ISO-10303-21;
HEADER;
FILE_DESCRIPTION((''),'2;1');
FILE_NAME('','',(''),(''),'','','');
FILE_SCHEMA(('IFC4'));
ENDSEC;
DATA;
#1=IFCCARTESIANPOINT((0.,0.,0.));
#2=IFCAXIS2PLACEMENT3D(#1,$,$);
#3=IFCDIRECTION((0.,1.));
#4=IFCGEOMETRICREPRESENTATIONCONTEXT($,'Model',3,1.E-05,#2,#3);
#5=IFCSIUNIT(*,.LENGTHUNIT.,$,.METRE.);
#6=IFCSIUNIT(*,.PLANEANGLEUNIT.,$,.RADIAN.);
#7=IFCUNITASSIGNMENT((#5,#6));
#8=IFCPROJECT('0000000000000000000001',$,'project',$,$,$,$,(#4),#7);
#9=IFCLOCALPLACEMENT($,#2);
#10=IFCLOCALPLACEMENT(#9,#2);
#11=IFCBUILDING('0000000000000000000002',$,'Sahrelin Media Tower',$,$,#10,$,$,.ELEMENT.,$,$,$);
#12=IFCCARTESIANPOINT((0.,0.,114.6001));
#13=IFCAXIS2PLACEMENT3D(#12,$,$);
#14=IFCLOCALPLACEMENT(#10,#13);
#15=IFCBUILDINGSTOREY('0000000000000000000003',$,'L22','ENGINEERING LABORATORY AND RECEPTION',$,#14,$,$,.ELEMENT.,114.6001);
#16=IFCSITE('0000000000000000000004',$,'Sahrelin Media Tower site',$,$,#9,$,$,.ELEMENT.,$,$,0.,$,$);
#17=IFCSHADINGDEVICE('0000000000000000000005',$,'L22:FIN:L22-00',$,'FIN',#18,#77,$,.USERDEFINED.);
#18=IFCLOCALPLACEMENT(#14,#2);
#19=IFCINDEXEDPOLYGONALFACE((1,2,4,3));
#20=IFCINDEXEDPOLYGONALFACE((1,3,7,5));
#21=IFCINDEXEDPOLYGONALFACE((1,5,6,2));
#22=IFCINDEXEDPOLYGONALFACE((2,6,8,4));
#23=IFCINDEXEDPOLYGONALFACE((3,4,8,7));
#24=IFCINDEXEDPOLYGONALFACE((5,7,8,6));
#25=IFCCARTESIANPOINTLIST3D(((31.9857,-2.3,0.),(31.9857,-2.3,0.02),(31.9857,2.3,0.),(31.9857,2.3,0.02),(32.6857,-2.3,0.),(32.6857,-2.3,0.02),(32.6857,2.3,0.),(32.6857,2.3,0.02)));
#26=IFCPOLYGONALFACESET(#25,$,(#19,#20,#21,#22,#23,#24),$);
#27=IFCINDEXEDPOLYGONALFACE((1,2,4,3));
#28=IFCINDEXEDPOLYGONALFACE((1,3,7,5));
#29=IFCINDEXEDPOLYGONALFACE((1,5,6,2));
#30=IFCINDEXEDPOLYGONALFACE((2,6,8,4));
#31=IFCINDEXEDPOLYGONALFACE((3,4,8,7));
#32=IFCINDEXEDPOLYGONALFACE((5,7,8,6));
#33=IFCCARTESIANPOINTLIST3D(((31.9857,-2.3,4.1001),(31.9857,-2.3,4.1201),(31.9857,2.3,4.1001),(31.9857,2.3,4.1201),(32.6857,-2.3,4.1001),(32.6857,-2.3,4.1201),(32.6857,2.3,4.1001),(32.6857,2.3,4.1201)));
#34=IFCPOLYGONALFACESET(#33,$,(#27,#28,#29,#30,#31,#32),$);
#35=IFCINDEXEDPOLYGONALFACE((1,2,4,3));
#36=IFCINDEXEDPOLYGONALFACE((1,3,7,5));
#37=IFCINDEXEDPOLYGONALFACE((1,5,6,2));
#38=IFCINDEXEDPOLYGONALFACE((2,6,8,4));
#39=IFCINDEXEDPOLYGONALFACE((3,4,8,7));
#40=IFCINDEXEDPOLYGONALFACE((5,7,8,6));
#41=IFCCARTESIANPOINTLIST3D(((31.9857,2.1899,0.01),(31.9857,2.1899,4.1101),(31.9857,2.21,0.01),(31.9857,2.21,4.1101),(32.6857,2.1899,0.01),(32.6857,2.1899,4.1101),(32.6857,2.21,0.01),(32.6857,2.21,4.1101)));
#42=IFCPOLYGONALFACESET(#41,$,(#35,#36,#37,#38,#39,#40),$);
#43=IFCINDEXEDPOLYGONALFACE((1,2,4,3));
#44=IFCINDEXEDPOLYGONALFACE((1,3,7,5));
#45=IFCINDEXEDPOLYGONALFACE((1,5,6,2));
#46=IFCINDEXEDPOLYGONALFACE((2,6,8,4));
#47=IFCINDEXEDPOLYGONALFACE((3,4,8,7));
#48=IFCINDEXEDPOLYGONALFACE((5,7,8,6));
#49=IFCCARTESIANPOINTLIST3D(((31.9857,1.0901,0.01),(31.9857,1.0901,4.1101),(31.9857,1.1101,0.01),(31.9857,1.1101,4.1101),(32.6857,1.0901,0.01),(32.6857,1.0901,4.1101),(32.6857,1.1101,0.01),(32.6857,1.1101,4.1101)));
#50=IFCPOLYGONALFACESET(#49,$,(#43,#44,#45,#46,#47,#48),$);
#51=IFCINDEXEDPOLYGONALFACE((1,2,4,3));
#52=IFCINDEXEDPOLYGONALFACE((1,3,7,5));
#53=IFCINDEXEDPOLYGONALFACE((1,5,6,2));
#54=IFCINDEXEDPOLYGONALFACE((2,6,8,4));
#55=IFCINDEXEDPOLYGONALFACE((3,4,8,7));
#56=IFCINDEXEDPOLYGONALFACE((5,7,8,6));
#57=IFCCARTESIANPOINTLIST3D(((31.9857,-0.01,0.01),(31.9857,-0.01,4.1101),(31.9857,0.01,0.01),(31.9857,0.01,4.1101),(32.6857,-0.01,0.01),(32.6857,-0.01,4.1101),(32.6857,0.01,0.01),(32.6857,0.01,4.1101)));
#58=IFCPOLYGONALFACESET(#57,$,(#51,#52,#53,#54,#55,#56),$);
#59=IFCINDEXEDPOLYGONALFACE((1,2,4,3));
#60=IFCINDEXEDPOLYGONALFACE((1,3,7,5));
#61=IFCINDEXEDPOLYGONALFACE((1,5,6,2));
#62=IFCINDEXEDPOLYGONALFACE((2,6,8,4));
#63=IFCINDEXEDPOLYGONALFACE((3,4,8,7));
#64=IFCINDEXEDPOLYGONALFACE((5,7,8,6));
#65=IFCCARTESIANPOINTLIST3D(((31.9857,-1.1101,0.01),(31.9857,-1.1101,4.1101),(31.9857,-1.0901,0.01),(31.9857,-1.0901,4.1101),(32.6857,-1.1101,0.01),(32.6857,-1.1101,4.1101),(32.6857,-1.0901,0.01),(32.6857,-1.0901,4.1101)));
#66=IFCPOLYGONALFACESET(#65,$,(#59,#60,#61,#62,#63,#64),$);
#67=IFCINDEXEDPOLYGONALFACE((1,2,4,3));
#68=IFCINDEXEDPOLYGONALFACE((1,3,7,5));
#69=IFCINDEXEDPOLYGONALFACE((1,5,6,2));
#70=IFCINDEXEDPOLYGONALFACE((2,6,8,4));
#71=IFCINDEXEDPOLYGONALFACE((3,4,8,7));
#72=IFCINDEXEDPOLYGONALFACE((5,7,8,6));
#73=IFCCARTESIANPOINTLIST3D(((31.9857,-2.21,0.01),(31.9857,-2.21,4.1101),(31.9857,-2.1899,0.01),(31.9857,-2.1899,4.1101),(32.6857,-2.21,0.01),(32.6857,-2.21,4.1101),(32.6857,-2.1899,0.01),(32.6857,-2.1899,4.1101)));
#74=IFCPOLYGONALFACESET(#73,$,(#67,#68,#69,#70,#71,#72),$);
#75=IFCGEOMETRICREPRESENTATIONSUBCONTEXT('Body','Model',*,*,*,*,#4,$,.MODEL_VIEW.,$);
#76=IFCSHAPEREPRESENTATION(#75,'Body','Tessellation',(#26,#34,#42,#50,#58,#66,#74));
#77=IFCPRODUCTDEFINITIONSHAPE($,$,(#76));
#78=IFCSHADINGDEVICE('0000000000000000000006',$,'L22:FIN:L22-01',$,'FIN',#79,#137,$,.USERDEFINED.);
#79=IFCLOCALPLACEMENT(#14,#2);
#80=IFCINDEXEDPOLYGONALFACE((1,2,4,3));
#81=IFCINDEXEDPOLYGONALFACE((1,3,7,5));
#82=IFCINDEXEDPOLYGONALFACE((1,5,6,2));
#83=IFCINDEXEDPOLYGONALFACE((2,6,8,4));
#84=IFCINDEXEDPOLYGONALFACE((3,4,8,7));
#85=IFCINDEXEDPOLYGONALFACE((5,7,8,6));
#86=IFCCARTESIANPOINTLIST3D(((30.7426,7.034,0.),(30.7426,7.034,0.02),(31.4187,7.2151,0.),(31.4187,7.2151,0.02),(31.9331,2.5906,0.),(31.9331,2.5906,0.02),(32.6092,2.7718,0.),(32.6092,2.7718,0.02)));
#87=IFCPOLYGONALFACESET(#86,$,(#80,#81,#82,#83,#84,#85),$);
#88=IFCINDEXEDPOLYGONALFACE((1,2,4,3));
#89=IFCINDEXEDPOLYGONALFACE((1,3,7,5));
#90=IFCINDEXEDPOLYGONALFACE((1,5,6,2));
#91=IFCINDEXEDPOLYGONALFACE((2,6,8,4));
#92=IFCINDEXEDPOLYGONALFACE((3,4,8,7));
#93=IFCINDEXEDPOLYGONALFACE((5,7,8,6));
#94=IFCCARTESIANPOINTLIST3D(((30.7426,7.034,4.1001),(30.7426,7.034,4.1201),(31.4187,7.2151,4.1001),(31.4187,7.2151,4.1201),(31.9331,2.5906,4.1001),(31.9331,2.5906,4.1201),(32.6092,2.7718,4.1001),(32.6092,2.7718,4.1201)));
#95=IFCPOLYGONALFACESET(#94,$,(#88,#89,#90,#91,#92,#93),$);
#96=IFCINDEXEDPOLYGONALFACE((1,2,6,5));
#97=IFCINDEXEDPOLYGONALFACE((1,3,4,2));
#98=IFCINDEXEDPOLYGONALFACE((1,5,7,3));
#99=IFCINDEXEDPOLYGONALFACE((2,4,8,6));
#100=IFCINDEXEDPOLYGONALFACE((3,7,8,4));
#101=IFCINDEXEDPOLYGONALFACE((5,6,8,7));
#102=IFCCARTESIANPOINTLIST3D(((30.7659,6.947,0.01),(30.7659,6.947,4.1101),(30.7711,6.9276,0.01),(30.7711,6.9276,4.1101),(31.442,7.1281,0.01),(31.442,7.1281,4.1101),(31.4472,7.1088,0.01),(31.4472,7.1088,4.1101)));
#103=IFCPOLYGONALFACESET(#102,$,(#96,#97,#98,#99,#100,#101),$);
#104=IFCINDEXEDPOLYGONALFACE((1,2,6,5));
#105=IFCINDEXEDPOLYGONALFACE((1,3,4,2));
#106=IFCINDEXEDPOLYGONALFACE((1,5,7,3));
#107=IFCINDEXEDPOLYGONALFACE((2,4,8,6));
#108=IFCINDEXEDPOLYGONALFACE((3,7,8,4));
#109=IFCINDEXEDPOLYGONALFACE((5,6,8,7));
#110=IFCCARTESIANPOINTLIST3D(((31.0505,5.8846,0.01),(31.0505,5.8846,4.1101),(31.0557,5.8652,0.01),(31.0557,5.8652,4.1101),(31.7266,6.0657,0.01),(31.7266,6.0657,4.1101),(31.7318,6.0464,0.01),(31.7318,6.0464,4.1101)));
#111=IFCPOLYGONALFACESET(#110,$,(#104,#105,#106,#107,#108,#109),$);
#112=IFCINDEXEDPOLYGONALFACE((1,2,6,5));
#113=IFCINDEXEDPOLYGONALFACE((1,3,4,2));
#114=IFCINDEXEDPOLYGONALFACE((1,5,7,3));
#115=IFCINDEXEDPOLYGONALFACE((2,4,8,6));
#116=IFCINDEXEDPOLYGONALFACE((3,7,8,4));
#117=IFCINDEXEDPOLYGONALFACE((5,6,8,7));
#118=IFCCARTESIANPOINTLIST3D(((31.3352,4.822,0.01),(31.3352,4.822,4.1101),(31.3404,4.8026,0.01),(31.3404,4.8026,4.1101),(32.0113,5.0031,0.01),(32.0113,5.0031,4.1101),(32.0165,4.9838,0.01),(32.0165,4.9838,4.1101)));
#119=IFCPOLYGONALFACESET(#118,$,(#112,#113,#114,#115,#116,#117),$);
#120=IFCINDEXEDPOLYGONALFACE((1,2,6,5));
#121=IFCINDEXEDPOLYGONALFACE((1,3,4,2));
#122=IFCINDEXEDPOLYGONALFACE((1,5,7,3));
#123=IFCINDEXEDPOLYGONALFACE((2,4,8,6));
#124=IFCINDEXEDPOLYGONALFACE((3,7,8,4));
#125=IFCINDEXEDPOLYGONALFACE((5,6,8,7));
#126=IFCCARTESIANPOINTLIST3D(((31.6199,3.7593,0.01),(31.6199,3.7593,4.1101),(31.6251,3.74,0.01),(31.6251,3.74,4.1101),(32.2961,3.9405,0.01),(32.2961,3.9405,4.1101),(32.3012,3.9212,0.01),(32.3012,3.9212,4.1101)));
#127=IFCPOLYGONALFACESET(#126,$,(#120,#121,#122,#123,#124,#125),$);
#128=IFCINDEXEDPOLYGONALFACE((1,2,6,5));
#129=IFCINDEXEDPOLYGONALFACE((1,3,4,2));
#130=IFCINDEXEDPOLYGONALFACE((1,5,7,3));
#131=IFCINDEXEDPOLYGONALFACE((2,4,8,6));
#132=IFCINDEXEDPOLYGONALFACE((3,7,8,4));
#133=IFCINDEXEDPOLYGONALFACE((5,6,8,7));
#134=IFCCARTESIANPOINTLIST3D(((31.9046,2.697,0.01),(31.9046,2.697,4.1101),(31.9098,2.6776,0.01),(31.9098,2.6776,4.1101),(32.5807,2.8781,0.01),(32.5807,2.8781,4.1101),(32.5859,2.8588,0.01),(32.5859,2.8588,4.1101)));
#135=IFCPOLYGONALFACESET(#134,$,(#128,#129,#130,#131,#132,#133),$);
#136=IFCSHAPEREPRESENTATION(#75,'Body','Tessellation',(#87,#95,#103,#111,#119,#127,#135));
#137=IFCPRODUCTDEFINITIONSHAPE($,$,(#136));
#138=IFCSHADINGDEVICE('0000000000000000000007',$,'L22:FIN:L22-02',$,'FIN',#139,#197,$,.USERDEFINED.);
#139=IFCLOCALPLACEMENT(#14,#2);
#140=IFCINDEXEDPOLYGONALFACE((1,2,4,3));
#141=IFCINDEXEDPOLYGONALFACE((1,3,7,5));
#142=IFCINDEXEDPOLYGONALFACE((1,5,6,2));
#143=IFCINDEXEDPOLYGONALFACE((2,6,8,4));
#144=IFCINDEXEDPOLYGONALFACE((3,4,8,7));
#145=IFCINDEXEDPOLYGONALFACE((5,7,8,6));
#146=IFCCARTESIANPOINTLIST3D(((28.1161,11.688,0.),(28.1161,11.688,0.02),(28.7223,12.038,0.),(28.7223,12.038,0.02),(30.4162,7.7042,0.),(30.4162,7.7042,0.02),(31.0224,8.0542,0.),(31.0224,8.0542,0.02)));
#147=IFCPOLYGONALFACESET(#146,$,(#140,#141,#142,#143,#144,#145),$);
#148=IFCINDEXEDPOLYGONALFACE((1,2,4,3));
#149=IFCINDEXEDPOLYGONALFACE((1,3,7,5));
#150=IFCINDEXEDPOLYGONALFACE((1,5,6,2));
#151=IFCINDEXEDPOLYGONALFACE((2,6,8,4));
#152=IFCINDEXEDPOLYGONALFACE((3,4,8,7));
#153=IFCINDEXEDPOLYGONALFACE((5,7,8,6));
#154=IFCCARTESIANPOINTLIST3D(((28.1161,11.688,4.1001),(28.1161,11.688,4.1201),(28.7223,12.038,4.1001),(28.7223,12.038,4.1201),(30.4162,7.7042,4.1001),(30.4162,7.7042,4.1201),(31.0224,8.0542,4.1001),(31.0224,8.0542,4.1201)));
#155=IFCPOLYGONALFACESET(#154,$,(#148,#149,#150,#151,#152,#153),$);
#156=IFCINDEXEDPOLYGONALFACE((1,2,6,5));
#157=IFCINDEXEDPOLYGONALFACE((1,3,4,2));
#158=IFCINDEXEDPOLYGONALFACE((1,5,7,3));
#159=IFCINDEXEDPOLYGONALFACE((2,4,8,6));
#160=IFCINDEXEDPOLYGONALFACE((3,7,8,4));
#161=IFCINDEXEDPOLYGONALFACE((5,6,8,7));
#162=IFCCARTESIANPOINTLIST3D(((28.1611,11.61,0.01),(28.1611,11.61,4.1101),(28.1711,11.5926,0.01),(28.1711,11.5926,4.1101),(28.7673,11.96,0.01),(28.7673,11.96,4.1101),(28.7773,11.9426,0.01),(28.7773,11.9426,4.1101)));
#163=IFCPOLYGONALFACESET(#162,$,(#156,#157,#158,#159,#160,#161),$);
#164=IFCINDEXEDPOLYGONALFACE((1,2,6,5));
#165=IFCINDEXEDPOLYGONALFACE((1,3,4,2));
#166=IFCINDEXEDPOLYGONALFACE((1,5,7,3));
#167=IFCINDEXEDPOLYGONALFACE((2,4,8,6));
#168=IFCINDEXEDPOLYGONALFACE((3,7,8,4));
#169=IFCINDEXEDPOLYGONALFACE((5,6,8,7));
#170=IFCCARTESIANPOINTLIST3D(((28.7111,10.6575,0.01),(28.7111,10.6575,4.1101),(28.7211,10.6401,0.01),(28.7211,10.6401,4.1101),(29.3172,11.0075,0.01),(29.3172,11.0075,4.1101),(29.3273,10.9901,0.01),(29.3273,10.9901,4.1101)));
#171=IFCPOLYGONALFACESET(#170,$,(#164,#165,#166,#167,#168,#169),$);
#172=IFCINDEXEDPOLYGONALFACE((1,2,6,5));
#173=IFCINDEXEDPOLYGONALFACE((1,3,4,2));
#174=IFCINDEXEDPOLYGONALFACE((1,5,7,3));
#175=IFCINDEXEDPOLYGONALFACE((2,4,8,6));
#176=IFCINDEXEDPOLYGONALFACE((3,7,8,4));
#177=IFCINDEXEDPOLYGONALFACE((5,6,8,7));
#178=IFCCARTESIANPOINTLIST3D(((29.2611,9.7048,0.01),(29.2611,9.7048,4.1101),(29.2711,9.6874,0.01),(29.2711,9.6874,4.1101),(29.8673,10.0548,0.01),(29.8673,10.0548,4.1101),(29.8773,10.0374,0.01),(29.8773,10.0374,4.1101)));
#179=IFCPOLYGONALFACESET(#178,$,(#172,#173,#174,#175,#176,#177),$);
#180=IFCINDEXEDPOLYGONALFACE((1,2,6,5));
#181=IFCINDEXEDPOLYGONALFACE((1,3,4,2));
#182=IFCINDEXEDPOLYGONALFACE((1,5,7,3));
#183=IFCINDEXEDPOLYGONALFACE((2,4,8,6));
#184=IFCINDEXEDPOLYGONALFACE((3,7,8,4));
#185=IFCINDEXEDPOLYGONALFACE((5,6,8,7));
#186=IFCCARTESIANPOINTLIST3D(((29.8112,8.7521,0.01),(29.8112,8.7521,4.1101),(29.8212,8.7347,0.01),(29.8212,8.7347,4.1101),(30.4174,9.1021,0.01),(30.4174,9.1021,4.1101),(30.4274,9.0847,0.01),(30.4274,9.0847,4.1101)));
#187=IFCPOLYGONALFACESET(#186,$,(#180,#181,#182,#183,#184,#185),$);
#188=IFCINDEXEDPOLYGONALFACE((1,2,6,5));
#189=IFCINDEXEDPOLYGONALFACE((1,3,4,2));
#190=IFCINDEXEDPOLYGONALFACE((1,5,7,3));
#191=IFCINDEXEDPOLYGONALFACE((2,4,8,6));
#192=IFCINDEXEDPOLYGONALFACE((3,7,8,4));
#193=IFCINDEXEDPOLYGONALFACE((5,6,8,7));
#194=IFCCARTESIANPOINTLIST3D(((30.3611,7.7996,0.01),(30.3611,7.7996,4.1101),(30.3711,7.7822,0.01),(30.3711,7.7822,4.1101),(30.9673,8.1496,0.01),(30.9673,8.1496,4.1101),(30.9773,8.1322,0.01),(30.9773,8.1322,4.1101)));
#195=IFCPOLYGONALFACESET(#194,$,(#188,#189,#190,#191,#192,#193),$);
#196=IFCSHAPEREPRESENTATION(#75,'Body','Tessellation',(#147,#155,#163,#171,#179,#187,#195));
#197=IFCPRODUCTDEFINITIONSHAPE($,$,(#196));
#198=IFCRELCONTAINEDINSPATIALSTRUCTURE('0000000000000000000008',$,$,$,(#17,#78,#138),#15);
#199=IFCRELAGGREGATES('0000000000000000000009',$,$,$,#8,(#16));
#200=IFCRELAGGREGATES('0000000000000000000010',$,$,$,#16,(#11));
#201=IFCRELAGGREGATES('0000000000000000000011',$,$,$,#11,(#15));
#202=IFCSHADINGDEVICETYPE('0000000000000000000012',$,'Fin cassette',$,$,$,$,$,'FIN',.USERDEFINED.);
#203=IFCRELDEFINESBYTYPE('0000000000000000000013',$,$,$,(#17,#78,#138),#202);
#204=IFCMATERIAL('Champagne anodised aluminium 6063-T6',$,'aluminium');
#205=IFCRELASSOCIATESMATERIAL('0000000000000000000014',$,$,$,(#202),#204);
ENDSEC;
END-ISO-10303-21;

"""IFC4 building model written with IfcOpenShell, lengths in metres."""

from ifc_helpers import new_model, si_unit, direction, frame, origin, origin_2d, place, context, subcontext, project, spatial, rectangle, extrude, material, type_object, element, save


model = new_model("IFC4")

# Units and contexts
model_context = context("Model", 3, precision=1e-05, world=origin(), true_north=direction((0.0, 1.0)))
body_context = subcontext(model_context, "Body", "Model", "MODEL_VIEW")
ifc_project = project(units=[si_unit("LENGTHUNIT", "METRE"), si_unit("PLANEANGLEUNIT", "RADIAN")], contexts=[model_context])

# Site, building, storey
site_placement = place(None, origin())
site = spatial("IfcSite", under=ifc_project, at=site_placement, Name="Sahrelin Media Tower site", CompositionType="ELEMENT", RefElevation=0.0)
building_placement = place(site_placement, origin())
building = spatial("IfcBuilding", under=site, at=building_placement, Name="Sahrelin Media Tower", CompositionType="ELEMENT")
storey_placement = place(building_placement, frame((0.0, 0.0, 114.6001)))
storey = spatial("IfcBuildingStorey", under=building, at=storey_placement, Name="L22", Description="ENGINEERING LABORATORY AND RECEPTION", CompositionType="ELEMENT", Elevation=114.6001)

# Shared definitions
ifc_material_1 = material(Name="Champagne anodised aluminium 6063-T6", Category="aluminium")

# Shading devices
shading_device_type_1 = type_object("IfcShadingDeviceType", Name="Fin cassette", ElementType="FIN", PredefinedType="USERDEFINED", material=ifc_material_1)
placement_1 = place(storey_placement, frame((31.9158, 0.0, 0.0), z_axis=(0.0, 0.0, 1.0), x_axis=(0.0, -1.0, 0.0)))
element("IfcShadingDevice", 1, at=placement_1, inside=storey, type_object=shading_device_type_1, Name="L22:FIN:L22-00", ObjectType="FIN", PredefinedType="USERDEFINED", context=body_context, shape_type="SweptSolid", body=[
    extrude(rectangle(XDim=4.6001, YDim=0.7, at=origin_2d()), frame((0.0, 0.4199, 0.0)), (0.0, 0.0, 1.0), 0.02),
    extrude(rectangle(XDim=4.6001, YDim=0.7, at=origin_2d()), frame((0.0, 0.4199, 4.1001)), (0.0, 0.0, 1.0), 0.02),
    extrude(rectangle(XDim=0.02, YDim=0.7, at=origin_2d()), frame((-2.2, 0.4199, 0.01), z_axis=(0.0, 0.0, 1.0), x_axis=(1.0, 0.0, 0.0)), (0.0, 0.0, 1.0), 4.1001),
    extrude(rectangle(XDim=0.02, YDim=0.7, at=origin_2d()), frame((-1.1001, 0.4199, 0.01), z_axis=(0.0, 0.0, 1.0), x_axis=(1.0, 0.0, 0.0)), (0.0, 0.0, 1.0), 4.1001),
    extrude(rectangle(XDim=0.02, YDim=0.7, at=origin_2d()), frame((0.0, 0.4199, 0.01), z_axis=(0.0, 0.0, 1.0), x_axis=(1.0, 0.0, 0.0)), (0.0, 0.0, 1.0), 4.1001),
    extrude(rectangle(XDim=0.02, YDim=0.7, at=origin_2d()), frame((1.1001, 0.4199, 0.01), z_axis=(0.0, 0.0, 1.0), x_axis=(1.0, 0.0, 0.0)), (0.0, 0.0, 1.0), 4.1001),
    extrude(rectangle(XDim=0.02, YDim=0.7, at=origin_2d()), frame((2.2, 0.4199, 0.01), z_axis=(0.0, 0.0, 1.0), x_axis=(1.0, 0.0, 0.0)), (0.0, 0.0, 1.0), 4.1001),
])
placement_2 = place(storey_placement, frame((31.2703, 4.7942, 0.0), z_axis=(0.0, 0.0, 1.0), x_axis=(0.258808, -0.965929, 0.0)))
element("IfcShadingDevice", 2, at=placement_2, inside=storey, type_object=shading_device_type_1, Name="L22:FIN:L22-01", ObjectType="FIN", PredefinedType="USERDEFINED", context=body_context, shape_type="SweptSolid", body=[
    extrude(rectangle(XDim=4.6001, YDim=0.7, at=origin_2d()), frame((0.0, 0.4199, 0.0)), (0.0, 0.0, 1.0), 0.02),
    extrude(rectangle(XDim=4.6001, YDim=0.7, at=origin_2d()), frame((0.0, 0.4199, 4.1001)), (0.0, 0.0, 1.0), 0.02),
    extrude(rectangle(XDim=0.02, YDim=0.7, at=origin_2d()), frame((-2.2, 0.4199, 0.01), z_axis=(0.0, 0.0, 1.0), x_axis=(1.0, 0.0, 0.0)), (0.0, 0.0, 1.0), 4.1001),
    extrude(rectangle(XDim=0.02, YDim=0.7, at=origin_2d()), frame((-1.1001, 0.4199, 0.01), z_axis=(0.0, 0.0, 1.0), x_axis=(1.0, 0.0, 0.0)), (0.0, 0.0, 1.0), 4.1001),
    extrude(rectangle(XDim=0.02, YDim=0.7, at=origin_2d()), frame((0.0, 0.4199, 0.01), z_axis=(0.0, 0.0, 1.0), x_axis=(1.0, 0.0, 0.0)), (0.0, 0.0, 1.0), 4.1001),
    extrude(rectangle(XDim=0.02, YDim=0.7, at=origin_2d()), frame((1.1001, 0.4199, 0.01), z_axis=(0.0, 0.0, 1.0), x_axis=(1.0, 0.0, 0.0)), (0.0, 0.0, 1.0), 4.1001),
    extrude(rectangle(XDim=0.02, YDim=0.7, at=origin_2d()), frame((2.2, 0.4199, 0.01), z_axis=(0.0, 0.0, 1.0), x_axis=(1.0, 0.0, 0.0)), (0.0, 0.0, 1.0), 4.1001),
])
placement_3 = place(storey_placement, frame((29.2056, 9.6611, 0.0), z_axis=(0.0, 0.0, 1.0), x_axis=(0.500011, -0.866019, 0.0)))
element("IfcShadingDevice", 3, at=placement_3, inside=storey, type_object=shading_device_type_1, Name="L22:FIN:L22-02", ObjectType="FIN", PredefinedType="USERDEFINED", context=body_context, shape_type="SweptSolid", body=[
    extrude(rectangle(XDim=4.6001, YDim=0.7, at=origin_2d()), frame((0.0, 0.4199, 0.0)), (0.0, 0.0, 1.0), 0.02),
    extrude(rectangle(XDim=4.6001, YDim=0.7, at=origin_2d()), frame((0.0, 0.4199, 4.1001)), (0.0, 0.0, 1.0), 0.02),
    extrude(rectangle(XDim=0.02, YDim=0.7, at=origin_2d()), frame((-2.2, 0.4199, 0.01), z_axis=(0.0, 0.0, 1.0), x_axis=(1.0, 0.0, 0.0)), (0.0, 0.0, 1.0), 4.1001),
    extrude(rectangle(XDim=0.02, YDim=0.7, at=origin_2d()), frame((-1.1001, 0.4199, 0.01), z_axis=(0.0, 0.0, 1.0), x_axis=(1.0, 0.0, 0.0)), (0.0, 0.0, 1.0), 4.1001),
    extrude(rectangle(XDim=0.02, YDim=0.7, at=origin_2d()), frame((0.0, 0.4199, 0.01), z_axis=(0.0, 0.0, 1.0), x_axis=(1.0, 0.0, 0.0)), (0.0, 0.0, 1.0), 4.1001),
    extrude(rectangle(XDim=0.02, YDim=0.7, at=origin_2d()), frame((1.1001, 0.4199, 0.01), z_axis=(0.0, 0.0, 1.0), x_axis=(1.0, 0.0, 0.0)), (0.0, 0.0, 1.0), 4.1001),
    extrude(rectangle(XDim=0.02, YDim=0.7, at=origin_2d()), frame((2.2, 0.4199, 0.01), z_axis=(0.0, 0.0, 1.0), x_axis=(1.0, 0.0, 0.0)), (0.0, 0.0, 1.0), 4.1001),
])

save(model, "model.ifc")
